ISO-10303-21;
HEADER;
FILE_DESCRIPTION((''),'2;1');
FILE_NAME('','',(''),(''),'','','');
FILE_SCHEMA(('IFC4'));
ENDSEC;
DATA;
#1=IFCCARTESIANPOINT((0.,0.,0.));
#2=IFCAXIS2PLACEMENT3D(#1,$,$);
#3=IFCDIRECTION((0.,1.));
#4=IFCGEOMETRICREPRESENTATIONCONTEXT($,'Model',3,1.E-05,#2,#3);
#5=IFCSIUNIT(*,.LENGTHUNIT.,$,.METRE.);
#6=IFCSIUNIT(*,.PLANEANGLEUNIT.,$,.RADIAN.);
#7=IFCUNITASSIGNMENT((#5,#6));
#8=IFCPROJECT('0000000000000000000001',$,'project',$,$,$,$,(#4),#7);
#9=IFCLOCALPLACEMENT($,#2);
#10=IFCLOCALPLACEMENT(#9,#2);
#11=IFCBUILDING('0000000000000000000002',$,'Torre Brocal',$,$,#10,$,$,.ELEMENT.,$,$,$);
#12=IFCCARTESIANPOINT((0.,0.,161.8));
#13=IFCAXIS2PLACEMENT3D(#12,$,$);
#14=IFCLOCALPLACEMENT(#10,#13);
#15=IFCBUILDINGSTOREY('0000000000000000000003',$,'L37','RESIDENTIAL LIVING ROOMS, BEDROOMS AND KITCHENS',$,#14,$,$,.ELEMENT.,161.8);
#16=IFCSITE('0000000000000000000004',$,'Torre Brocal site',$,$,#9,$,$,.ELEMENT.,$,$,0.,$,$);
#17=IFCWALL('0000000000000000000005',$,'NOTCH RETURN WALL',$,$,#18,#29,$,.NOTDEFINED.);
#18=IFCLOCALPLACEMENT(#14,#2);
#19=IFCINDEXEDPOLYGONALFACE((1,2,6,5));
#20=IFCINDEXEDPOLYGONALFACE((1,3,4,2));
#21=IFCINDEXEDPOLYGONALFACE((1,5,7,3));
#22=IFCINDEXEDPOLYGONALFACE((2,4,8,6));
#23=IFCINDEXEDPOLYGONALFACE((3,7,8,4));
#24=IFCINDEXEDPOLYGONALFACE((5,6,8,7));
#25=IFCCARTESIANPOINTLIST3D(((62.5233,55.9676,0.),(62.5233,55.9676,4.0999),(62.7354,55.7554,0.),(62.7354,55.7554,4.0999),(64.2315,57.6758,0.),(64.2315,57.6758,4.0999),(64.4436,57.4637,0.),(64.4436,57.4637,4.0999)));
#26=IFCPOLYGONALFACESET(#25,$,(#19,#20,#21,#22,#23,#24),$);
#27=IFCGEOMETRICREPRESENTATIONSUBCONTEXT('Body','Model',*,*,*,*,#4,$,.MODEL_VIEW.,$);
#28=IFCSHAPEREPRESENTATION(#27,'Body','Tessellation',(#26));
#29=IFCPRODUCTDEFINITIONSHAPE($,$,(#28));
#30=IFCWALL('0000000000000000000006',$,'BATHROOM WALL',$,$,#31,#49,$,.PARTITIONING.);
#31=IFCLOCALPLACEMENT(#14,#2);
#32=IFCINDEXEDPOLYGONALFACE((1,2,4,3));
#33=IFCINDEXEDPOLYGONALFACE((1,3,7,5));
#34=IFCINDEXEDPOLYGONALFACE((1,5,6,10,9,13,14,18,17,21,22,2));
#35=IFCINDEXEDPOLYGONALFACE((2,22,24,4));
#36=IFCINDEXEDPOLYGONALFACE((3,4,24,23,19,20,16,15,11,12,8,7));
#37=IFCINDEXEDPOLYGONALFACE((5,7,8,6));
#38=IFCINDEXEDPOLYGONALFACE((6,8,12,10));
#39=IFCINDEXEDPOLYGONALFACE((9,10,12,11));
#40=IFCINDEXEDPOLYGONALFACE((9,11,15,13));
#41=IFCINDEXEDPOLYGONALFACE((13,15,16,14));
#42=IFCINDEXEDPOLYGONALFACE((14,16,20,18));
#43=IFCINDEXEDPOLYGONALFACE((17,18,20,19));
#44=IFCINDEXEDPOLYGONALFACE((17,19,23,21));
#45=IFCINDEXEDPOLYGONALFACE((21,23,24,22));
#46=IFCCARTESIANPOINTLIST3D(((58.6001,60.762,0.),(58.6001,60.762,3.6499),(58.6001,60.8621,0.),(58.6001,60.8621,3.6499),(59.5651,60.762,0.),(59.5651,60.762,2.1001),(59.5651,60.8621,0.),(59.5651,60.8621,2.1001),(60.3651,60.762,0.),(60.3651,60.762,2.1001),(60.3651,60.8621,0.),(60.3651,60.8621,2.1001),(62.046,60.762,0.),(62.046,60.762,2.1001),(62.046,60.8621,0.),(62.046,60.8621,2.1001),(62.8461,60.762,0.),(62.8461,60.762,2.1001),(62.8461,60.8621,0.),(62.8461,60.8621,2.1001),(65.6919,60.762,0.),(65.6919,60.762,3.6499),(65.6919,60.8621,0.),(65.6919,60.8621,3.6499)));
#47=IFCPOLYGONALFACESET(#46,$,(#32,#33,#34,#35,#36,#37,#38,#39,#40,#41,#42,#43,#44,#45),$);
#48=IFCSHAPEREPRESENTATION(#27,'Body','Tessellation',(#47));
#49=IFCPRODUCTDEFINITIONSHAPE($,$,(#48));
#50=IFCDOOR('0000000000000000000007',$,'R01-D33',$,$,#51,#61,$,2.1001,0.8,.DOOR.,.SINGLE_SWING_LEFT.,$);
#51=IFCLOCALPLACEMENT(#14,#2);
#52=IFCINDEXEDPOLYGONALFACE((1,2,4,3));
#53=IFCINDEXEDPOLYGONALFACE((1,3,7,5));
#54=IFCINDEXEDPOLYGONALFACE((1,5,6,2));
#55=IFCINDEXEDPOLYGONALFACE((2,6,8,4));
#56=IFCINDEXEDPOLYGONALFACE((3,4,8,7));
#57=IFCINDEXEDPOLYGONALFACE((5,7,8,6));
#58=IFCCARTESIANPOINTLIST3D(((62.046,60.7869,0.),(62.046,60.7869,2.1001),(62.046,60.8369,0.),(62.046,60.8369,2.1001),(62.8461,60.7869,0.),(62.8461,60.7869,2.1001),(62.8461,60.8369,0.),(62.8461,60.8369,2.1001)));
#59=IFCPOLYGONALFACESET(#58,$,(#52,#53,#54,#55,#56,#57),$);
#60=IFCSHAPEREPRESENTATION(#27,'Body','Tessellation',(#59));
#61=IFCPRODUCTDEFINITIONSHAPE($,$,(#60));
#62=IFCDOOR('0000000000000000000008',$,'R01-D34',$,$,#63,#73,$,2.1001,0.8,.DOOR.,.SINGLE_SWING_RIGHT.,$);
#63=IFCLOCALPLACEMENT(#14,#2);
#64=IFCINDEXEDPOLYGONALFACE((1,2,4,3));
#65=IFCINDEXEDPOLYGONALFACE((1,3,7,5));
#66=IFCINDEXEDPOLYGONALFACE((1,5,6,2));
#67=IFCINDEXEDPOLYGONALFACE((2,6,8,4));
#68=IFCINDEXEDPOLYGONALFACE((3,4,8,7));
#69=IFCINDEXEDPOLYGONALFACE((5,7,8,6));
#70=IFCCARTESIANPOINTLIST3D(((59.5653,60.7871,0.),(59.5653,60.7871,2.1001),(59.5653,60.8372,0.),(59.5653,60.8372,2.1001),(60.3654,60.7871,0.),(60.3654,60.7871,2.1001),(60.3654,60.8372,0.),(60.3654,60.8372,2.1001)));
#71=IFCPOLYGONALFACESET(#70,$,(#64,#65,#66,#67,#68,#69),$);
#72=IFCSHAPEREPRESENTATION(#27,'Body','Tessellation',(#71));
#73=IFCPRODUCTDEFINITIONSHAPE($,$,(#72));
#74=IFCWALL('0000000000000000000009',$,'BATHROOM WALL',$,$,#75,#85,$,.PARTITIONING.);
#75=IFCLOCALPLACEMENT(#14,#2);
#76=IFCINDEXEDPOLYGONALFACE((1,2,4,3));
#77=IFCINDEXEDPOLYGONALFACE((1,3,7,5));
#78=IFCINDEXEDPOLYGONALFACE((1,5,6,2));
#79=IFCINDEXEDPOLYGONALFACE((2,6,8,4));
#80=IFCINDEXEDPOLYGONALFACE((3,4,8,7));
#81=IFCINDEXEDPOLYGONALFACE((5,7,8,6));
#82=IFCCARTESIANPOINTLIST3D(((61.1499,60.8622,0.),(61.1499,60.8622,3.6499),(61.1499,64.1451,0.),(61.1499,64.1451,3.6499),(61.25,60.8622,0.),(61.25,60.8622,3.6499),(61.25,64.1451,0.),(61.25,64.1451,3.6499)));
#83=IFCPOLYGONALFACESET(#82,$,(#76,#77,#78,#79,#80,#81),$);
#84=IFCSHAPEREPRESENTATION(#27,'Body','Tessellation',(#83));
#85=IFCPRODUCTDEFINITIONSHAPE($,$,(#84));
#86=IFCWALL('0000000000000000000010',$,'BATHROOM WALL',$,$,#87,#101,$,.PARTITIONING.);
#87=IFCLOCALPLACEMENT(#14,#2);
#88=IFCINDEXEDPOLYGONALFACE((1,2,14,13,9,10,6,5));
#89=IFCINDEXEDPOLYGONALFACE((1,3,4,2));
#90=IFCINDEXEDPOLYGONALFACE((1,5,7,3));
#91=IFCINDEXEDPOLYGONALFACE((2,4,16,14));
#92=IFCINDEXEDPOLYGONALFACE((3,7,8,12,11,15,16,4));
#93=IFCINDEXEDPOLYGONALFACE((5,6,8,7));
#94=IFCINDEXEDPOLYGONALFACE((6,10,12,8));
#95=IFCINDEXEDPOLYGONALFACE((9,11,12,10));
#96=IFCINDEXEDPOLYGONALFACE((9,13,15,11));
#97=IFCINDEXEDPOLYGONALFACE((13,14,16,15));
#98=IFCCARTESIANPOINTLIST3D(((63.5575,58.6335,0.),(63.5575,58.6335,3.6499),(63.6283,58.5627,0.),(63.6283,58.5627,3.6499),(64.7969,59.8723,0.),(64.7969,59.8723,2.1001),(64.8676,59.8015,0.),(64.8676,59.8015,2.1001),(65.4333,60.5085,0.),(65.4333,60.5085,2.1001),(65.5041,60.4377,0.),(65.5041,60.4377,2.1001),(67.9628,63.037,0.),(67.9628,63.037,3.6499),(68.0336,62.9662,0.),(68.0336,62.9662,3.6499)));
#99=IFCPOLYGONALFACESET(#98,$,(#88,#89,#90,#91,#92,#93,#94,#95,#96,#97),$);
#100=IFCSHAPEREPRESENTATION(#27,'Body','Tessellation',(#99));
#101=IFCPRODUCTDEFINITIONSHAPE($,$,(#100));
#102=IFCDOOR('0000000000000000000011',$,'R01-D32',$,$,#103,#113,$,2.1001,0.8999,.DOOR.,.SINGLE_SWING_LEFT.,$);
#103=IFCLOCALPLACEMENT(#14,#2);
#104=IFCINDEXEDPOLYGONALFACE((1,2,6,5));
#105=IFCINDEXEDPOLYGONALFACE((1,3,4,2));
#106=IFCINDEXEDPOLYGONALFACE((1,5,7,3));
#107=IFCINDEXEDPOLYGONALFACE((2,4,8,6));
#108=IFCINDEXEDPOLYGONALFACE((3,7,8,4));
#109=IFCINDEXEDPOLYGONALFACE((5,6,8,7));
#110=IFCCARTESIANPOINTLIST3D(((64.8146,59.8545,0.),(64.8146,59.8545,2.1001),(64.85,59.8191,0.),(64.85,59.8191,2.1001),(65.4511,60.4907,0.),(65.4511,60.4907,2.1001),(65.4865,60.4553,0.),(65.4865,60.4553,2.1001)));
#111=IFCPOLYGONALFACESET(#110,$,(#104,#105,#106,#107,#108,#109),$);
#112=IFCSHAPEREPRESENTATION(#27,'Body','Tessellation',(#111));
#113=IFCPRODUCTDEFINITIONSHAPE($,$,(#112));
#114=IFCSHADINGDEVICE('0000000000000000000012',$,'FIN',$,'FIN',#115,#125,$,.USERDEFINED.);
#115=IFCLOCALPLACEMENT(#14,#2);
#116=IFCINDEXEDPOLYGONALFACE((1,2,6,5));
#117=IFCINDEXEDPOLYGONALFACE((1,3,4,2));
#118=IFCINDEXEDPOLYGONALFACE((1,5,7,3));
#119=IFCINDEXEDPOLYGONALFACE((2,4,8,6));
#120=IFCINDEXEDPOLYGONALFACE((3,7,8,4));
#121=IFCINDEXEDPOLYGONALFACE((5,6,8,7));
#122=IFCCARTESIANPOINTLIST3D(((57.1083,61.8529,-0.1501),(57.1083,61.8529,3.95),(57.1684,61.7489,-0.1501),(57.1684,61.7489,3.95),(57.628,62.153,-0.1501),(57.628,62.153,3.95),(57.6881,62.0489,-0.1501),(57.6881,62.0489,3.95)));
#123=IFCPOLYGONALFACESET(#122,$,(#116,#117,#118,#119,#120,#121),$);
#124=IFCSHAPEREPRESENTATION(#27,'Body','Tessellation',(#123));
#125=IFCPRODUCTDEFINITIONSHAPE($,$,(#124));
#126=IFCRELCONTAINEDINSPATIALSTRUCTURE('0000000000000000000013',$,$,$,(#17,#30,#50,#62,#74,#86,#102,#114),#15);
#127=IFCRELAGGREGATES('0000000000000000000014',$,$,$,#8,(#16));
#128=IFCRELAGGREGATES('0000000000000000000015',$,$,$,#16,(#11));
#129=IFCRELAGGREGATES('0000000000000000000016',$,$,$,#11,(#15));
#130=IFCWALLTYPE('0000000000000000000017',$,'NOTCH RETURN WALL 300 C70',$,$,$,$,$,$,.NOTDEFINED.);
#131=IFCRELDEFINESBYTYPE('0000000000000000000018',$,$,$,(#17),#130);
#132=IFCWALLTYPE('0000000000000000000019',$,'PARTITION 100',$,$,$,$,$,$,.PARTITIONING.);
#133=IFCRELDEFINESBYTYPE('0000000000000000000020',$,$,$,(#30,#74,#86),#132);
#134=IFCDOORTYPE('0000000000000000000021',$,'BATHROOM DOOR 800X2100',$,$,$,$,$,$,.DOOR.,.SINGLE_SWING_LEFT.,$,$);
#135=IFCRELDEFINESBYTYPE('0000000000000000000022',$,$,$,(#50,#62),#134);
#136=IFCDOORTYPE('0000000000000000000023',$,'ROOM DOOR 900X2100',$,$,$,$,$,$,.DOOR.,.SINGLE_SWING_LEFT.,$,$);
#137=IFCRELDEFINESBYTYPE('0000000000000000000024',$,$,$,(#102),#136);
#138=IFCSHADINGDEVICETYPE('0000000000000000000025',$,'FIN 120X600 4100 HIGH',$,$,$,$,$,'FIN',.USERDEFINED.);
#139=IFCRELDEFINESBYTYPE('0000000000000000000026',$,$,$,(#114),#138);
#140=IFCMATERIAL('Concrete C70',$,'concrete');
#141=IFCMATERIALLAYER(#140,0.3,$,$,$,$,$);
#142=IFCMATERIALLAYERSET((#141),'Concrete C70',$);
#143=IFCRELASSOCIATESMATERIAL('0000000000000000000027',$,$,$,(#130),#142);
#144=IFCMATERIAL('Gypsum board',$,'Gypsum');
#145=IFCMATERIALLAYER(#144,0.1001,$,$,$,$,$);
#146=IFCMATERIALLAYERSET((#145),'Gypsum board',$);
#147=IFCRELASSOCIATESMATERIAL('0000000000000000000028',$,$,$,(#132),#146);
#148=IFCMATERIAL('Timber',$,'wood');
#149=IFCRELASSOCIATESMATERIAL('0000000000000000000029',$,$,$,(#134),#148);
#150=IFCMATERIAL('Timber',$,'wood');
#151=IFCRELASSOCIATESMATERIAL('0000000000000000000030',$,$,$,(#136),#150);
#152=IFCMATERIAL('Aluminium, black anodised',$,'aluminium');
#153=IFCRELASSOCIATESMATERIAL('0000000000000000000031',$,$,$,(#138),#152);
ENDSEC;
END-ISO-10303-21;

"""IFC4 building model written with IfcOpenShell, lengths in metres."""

from ifc_helpers import new_model, si_unit, direction, frame, frame_2d, origin, origin_2d, place, context, subcontext, project, spatial, rectangle, extrude, material, layer, layer_set, material_profile, profile_set, type_object, element, fill, save


model = new_model("IFC4")

# Units and contexts
model_context = context("Model", 3, precision=1e-05, world=origin(), true_north=direction((0.0, 1.0)))
body_context = subcontext(model_context, "Body", "Model", "MODEL_VIEW")
ifc_project = project(units=[si_unit("LENGTHUNIT", "METRE"), si_unit("PLANEANGLEUNIT", "RADIAN")], contexts=[model_context])

# Site, building, storey
site_placement = place(None, origin())
site = spatial("IfcSite", under=ifc_project, at=site_placement, Name="Torre Brocal site", CompositionType="ELEMENT", RefElevation=0.0)
building_placement = place(site_placement, origin())
building = spatial("IfcBuilding", under=site, at=building_placement, Name="Torre Brocal", CompositionType="ELEMENT")
storey_placement = place(building_placement, frame((0.0, 0.0, 161.8)))
storey = spatial("IfcBuildingStorey", under=building, at=storey_placement, Name="L37", Description="RESIDENTIAL LIVING ROOMS, BEDROOMS AND KITCHENS", CompositionType="ELEMENT", Elevation=161.8)

# Wall
ifc_material_1 = material(Name="Concrete C70", Category="concrete")
ifc_layer_1 = layer(ifc_material_1, 0.3)
ifc_layer_set_1 = layer_set([ifc_layer_1], Name="Concrete C70")
wall_type_1 = type_object("IfcWallType", Name="NOTCH RETURN WALL 300 C70", PredefinedType="NOTDEFINED", material=ifc_layer_set_1)
for number, where, z_axis, x_axis, name in (
    (1, (64.3376, 57.5698, 0.0), (0.0, 0.0, 1.0), (-0.707107, -0.707107, 0.0), "NOTCH RETURN WALL"),
):
    element("IfcWall", number, at=place(storey_placement, frame(where, z_axis=z_axis, x_axis=x_axis)), inside=storey, type_object=wall_type_1, Name=name, PredefinedType="NOTDEFINED", context=body_context, shape_type="SweptSolid", body=[
        extrude(rectangle(XDim=2.4158, YDim=0.3, at=frame_2d((1.208, 0.0))), origin(), (0.0, 0.0, 1.0), 4.0999),
    ])

# Wall, openings, doors
ifc_material_2 = material(Name="Gypsum board", Category="Gypsum")
ifc_layer_2 = layer(ifc_material_2, 0.1001)
ifc_layer_set_2 = layer_set([ifc_layer_2], Name="Gypsum board")
wall_type_2 = type_object("IfcWallType", Name="PARTITION 100", PredefinedType="PARTITIONING", material=ifc_layer_set_2)
wall_1_placement = place(storey_placement, frame((58.6001, 60.812, 0.0), z_axis=(0.0, 0.0, 1.0), x_axis=(1.0, 0.0, 0.0)))
wall_1 = element("IfcWall", 2, at=wall_1_placement, inside=storey, type_object=wall_type_2, Name="BATHROOM WALL", PredefinedType="PARTITIONING", context=body_context, shape_type="SweptSolid", body=[
    extrude(rectangle(XDim=7.0918, YDim=0.1001, at=frame_2d((3.5459, 0.0))), origin(), (0.0, 0.0, 1.0), 3.6499),
])
opening_1_placement = place(wall_1_placement, frame((3.446, 0.0, 0.0)))
opening_1 = element("IfcOpeningElement", 3, at=opening_1_placement, cuts=wall_1, PredefinedType="OPENING", context=body_context, shape_type="SweptSolid", body=[
    extrude(rectangle(XDim=0.8, YDim=2.1001, at=frame_2d((0.3999, 1.05))), frame((0.0, 0.0601, 0.0), z_axis=(0.0, -1.0, 0.0), x_axis=(1.0, 0.0, 0.0)), (0.0, 0.0, 1.0), 0.1201),
])
opening_2_placement = place(wall_1_placement, frame((0.9651, 0.0, 0.0)))
opening_2 = element("IfcOpeningElement", 4, at=opening_2_placement, cuts=wall_1, PredefinedType="OPENING", context=body_context, shape_type="SweptSolid", body=[
    extrude(rectangle(XDim=0.8, YDim=2.1001, at=frame_2d((0.3999, 1.05))), frame((0.0, 0.0601, 0.0), z_axis=(0.0, -1.0, 0.0), x_axis=(1.0, 0.0, 0.0)), (0.0, 0.0, 1.0), 0.1201),
])
ifc_material_3 = material(Name="Timber", Category="wood")
door_type_1 = type_object("IfcDoorType", Name="BATHROOM DOOR 800X2100", OperationType="SINGLE_SWING_LEFT", PredefinedType="DOOR", material=ifc_material_3)
door_1_placement = place(opening_1_placement, origin())
door_1 = element("IfcDoor", 5, at=door_1_placement, inside=storey, type_object=door_type_1, Name="R01-D33", OperationType="SINGLE_SWING_LEFT", OverallHeight=2.1001, OverallWidth=0.8, PredefinedType="DOOR", context=body_context, shape_type="SweptSolid", body=[
    extrude(rectangle(XDim=0.8, YDim=2.1001, at=frame_2d((0.3999, 1.05))), frame((0.0, 0.0249, 0.0), z_axis=(0.0, -1.0, 0.0), x_axis=(1.0, 0.0, 0.0)), (0.0, 0.0, 1.0), 0.05),
])
fill(opening_1, door_1)
door_2_placement = place(opening_2_placement, frame((0.8, 0.0, 0.0), z_axis=(0.0, 0.0, 1.0), x_axis=(-1.0, 0.0, 0.0)))
door_2 = element("IfcDoor", 6, at=door_2_placement, inside=storey, type_object=door_type_1, Name="R01-D34", OperationType="SINGLE_SWING_RIGHT", OverallHeight=2.1001, OverallWidth=0.8, PredefinedType="DOOR", context=body_context, shape_type="SweptSolid", body=[
    extrude(rectangle(XDim=0.8, YDim=2.1001, at=frame_2d((0.3999, 1.05))), frame((0.0, 0.0249, 0.0), z_axis=(0.0, -1.0, 0.0), x_axis=(1.0, 0.0, 0.0)), (0.0, 0.0, 1.0), 0.05),
])
fill(opening_2, door_2)

# Wall
wall_2_placement = place(storey_placement, frame((61.2, 60.8621, 0.0), z_axis=(0.0, 0.0, 1.0), x_axis=(0.0, 1.0, 0.0)))
element("IfcWall", 7, at=wall_2_placement, inside=storey, type_object=wall_type_2, Name="BATHROOM WALL", PredefinedType="PARTITIONING", context=body_context, shape_type="SweptSolid", body=[
    extrude(rectangle(XDim=3.283, YDim=0.1001, at=frame_2d((1.6416, 0.0))), origin(), (0.0, 0.0, 1.0), 3.6499),
])

# Wall, opening, door
wall_3_placement = place(storey_placement, frame((63.593, 58.5981, 0.0), z_axis=(0.0, 0.0, 1.0), x_axis=(0.707244, 0.70697, 0.0)))
wall_3 = element("IfcWall", 8, at=wall_3_placement, inside=storey, type_object=wall_type_2, Name="BATHROOM WALL", PredefinedType="PARTITIONING", context=body_context, shape_type="SweptSolid", body=[
    extrude(rectangle(XDim=6.2288, YDim=0.1001, at=frame_2d((3.1143, 0.0))), origin(), (0.0, 0.0, 1.0), 3.6499),
])
opening_3_placement = place(wall_3_placement, frame((1.7522, 0.0, 0.0)))
opening_3 = element("IfcOpeningElement", 9, at=opening_3_placement, cuts=wall_3, PredefinedType="OPENING", context=body_context, shape_type="SweptSolid", body=[
    extrude(rectangle(XDim=0.8999, YDim=2.1001, at=frame_2d((0.45, 1.05))), frame((0.0, 0.0601, 0.0), z_axis=(0.0, -1.0, 0.0), x_axis=(1.0, 0.0, 0.0)), (0.0, 0.0, 1.0), 0.1201),
])
ifc_material_4 = material(Name="Timber", Category="wood")
door_type_2 = type_object("IfcDoorType", Name="ROOM DOOR 900X2100", OperationType="SINGLE_SWING_LEFT", PredefinedType="DOOR", material=ifc_material_4)
door_3_placement = place(opening_3_placement, origin())
door_3 = element("IfcDoor", 10, at=door_3_placement, inside=storey, type_object=door_type_2, Name="R01-D32", OperationType="SINGLE_SWING_LEFT", OverallHeight=2.1001, OverallWidth=0.8999, PredefinedType="DOOR", context=body_context, shape_type="SweptSolid", body=[
    extrude(rectangle(XDim=0.8999, YDim=2.1001, at=frame_2d((0.45, 1.05))), frame((0.0, 0.0249, 0.0), z_axis=(0.0, -1.0, 0.0), x_axis=(1.0, 0.0, 0.0)), (0.0, 0.0, 1.0), 0.05),
])
fill(opening_3, door_3)

# Shading device
ifc_material_5 = material(Name="Aluminium, black anodised", Category="aluminium")
ifc_material_profile_1 = material_profile(ifc_material_5, rectangle(XDim=0.1201, YDim=0.6001, at=origin_2d()), Name="FIN 120X600 4100 HIGH")
ifc_profile_set_1 = profile_set([ifc_material_profile_1], Name="Aluminium, black anodised")
shading_device_type = type_object("IfcShadingDeviceType", Name="FIN 120X600 4100 HIGH", ElementType="FIN", PredefinedType="USERDEFINED", material=ifc_profile_set_1)
shading_device_placement = place(storey_placement, frame((57.3982, 61.9509, -0.1501), z_axis=(0.0, 0.0, 1.0), x_axis=(0.5, -0.866025, 0.0)))
element("IfcShadingDevice", 11, at=shading_device_placement, inside=storey, type_object=shading_device_type, Name="FIN", ObjectType="FIN", PredefinedType="USERDEFINED", context=body_context, shape_type="SweptSolid", body=[
    extrude(rectangle(XDim=0.1201, YDim=0.6001, at=origin_2d()), origin(), (0.0, 0.0, 1.0), 4.1001),
])

save(model, "model.ifc")
